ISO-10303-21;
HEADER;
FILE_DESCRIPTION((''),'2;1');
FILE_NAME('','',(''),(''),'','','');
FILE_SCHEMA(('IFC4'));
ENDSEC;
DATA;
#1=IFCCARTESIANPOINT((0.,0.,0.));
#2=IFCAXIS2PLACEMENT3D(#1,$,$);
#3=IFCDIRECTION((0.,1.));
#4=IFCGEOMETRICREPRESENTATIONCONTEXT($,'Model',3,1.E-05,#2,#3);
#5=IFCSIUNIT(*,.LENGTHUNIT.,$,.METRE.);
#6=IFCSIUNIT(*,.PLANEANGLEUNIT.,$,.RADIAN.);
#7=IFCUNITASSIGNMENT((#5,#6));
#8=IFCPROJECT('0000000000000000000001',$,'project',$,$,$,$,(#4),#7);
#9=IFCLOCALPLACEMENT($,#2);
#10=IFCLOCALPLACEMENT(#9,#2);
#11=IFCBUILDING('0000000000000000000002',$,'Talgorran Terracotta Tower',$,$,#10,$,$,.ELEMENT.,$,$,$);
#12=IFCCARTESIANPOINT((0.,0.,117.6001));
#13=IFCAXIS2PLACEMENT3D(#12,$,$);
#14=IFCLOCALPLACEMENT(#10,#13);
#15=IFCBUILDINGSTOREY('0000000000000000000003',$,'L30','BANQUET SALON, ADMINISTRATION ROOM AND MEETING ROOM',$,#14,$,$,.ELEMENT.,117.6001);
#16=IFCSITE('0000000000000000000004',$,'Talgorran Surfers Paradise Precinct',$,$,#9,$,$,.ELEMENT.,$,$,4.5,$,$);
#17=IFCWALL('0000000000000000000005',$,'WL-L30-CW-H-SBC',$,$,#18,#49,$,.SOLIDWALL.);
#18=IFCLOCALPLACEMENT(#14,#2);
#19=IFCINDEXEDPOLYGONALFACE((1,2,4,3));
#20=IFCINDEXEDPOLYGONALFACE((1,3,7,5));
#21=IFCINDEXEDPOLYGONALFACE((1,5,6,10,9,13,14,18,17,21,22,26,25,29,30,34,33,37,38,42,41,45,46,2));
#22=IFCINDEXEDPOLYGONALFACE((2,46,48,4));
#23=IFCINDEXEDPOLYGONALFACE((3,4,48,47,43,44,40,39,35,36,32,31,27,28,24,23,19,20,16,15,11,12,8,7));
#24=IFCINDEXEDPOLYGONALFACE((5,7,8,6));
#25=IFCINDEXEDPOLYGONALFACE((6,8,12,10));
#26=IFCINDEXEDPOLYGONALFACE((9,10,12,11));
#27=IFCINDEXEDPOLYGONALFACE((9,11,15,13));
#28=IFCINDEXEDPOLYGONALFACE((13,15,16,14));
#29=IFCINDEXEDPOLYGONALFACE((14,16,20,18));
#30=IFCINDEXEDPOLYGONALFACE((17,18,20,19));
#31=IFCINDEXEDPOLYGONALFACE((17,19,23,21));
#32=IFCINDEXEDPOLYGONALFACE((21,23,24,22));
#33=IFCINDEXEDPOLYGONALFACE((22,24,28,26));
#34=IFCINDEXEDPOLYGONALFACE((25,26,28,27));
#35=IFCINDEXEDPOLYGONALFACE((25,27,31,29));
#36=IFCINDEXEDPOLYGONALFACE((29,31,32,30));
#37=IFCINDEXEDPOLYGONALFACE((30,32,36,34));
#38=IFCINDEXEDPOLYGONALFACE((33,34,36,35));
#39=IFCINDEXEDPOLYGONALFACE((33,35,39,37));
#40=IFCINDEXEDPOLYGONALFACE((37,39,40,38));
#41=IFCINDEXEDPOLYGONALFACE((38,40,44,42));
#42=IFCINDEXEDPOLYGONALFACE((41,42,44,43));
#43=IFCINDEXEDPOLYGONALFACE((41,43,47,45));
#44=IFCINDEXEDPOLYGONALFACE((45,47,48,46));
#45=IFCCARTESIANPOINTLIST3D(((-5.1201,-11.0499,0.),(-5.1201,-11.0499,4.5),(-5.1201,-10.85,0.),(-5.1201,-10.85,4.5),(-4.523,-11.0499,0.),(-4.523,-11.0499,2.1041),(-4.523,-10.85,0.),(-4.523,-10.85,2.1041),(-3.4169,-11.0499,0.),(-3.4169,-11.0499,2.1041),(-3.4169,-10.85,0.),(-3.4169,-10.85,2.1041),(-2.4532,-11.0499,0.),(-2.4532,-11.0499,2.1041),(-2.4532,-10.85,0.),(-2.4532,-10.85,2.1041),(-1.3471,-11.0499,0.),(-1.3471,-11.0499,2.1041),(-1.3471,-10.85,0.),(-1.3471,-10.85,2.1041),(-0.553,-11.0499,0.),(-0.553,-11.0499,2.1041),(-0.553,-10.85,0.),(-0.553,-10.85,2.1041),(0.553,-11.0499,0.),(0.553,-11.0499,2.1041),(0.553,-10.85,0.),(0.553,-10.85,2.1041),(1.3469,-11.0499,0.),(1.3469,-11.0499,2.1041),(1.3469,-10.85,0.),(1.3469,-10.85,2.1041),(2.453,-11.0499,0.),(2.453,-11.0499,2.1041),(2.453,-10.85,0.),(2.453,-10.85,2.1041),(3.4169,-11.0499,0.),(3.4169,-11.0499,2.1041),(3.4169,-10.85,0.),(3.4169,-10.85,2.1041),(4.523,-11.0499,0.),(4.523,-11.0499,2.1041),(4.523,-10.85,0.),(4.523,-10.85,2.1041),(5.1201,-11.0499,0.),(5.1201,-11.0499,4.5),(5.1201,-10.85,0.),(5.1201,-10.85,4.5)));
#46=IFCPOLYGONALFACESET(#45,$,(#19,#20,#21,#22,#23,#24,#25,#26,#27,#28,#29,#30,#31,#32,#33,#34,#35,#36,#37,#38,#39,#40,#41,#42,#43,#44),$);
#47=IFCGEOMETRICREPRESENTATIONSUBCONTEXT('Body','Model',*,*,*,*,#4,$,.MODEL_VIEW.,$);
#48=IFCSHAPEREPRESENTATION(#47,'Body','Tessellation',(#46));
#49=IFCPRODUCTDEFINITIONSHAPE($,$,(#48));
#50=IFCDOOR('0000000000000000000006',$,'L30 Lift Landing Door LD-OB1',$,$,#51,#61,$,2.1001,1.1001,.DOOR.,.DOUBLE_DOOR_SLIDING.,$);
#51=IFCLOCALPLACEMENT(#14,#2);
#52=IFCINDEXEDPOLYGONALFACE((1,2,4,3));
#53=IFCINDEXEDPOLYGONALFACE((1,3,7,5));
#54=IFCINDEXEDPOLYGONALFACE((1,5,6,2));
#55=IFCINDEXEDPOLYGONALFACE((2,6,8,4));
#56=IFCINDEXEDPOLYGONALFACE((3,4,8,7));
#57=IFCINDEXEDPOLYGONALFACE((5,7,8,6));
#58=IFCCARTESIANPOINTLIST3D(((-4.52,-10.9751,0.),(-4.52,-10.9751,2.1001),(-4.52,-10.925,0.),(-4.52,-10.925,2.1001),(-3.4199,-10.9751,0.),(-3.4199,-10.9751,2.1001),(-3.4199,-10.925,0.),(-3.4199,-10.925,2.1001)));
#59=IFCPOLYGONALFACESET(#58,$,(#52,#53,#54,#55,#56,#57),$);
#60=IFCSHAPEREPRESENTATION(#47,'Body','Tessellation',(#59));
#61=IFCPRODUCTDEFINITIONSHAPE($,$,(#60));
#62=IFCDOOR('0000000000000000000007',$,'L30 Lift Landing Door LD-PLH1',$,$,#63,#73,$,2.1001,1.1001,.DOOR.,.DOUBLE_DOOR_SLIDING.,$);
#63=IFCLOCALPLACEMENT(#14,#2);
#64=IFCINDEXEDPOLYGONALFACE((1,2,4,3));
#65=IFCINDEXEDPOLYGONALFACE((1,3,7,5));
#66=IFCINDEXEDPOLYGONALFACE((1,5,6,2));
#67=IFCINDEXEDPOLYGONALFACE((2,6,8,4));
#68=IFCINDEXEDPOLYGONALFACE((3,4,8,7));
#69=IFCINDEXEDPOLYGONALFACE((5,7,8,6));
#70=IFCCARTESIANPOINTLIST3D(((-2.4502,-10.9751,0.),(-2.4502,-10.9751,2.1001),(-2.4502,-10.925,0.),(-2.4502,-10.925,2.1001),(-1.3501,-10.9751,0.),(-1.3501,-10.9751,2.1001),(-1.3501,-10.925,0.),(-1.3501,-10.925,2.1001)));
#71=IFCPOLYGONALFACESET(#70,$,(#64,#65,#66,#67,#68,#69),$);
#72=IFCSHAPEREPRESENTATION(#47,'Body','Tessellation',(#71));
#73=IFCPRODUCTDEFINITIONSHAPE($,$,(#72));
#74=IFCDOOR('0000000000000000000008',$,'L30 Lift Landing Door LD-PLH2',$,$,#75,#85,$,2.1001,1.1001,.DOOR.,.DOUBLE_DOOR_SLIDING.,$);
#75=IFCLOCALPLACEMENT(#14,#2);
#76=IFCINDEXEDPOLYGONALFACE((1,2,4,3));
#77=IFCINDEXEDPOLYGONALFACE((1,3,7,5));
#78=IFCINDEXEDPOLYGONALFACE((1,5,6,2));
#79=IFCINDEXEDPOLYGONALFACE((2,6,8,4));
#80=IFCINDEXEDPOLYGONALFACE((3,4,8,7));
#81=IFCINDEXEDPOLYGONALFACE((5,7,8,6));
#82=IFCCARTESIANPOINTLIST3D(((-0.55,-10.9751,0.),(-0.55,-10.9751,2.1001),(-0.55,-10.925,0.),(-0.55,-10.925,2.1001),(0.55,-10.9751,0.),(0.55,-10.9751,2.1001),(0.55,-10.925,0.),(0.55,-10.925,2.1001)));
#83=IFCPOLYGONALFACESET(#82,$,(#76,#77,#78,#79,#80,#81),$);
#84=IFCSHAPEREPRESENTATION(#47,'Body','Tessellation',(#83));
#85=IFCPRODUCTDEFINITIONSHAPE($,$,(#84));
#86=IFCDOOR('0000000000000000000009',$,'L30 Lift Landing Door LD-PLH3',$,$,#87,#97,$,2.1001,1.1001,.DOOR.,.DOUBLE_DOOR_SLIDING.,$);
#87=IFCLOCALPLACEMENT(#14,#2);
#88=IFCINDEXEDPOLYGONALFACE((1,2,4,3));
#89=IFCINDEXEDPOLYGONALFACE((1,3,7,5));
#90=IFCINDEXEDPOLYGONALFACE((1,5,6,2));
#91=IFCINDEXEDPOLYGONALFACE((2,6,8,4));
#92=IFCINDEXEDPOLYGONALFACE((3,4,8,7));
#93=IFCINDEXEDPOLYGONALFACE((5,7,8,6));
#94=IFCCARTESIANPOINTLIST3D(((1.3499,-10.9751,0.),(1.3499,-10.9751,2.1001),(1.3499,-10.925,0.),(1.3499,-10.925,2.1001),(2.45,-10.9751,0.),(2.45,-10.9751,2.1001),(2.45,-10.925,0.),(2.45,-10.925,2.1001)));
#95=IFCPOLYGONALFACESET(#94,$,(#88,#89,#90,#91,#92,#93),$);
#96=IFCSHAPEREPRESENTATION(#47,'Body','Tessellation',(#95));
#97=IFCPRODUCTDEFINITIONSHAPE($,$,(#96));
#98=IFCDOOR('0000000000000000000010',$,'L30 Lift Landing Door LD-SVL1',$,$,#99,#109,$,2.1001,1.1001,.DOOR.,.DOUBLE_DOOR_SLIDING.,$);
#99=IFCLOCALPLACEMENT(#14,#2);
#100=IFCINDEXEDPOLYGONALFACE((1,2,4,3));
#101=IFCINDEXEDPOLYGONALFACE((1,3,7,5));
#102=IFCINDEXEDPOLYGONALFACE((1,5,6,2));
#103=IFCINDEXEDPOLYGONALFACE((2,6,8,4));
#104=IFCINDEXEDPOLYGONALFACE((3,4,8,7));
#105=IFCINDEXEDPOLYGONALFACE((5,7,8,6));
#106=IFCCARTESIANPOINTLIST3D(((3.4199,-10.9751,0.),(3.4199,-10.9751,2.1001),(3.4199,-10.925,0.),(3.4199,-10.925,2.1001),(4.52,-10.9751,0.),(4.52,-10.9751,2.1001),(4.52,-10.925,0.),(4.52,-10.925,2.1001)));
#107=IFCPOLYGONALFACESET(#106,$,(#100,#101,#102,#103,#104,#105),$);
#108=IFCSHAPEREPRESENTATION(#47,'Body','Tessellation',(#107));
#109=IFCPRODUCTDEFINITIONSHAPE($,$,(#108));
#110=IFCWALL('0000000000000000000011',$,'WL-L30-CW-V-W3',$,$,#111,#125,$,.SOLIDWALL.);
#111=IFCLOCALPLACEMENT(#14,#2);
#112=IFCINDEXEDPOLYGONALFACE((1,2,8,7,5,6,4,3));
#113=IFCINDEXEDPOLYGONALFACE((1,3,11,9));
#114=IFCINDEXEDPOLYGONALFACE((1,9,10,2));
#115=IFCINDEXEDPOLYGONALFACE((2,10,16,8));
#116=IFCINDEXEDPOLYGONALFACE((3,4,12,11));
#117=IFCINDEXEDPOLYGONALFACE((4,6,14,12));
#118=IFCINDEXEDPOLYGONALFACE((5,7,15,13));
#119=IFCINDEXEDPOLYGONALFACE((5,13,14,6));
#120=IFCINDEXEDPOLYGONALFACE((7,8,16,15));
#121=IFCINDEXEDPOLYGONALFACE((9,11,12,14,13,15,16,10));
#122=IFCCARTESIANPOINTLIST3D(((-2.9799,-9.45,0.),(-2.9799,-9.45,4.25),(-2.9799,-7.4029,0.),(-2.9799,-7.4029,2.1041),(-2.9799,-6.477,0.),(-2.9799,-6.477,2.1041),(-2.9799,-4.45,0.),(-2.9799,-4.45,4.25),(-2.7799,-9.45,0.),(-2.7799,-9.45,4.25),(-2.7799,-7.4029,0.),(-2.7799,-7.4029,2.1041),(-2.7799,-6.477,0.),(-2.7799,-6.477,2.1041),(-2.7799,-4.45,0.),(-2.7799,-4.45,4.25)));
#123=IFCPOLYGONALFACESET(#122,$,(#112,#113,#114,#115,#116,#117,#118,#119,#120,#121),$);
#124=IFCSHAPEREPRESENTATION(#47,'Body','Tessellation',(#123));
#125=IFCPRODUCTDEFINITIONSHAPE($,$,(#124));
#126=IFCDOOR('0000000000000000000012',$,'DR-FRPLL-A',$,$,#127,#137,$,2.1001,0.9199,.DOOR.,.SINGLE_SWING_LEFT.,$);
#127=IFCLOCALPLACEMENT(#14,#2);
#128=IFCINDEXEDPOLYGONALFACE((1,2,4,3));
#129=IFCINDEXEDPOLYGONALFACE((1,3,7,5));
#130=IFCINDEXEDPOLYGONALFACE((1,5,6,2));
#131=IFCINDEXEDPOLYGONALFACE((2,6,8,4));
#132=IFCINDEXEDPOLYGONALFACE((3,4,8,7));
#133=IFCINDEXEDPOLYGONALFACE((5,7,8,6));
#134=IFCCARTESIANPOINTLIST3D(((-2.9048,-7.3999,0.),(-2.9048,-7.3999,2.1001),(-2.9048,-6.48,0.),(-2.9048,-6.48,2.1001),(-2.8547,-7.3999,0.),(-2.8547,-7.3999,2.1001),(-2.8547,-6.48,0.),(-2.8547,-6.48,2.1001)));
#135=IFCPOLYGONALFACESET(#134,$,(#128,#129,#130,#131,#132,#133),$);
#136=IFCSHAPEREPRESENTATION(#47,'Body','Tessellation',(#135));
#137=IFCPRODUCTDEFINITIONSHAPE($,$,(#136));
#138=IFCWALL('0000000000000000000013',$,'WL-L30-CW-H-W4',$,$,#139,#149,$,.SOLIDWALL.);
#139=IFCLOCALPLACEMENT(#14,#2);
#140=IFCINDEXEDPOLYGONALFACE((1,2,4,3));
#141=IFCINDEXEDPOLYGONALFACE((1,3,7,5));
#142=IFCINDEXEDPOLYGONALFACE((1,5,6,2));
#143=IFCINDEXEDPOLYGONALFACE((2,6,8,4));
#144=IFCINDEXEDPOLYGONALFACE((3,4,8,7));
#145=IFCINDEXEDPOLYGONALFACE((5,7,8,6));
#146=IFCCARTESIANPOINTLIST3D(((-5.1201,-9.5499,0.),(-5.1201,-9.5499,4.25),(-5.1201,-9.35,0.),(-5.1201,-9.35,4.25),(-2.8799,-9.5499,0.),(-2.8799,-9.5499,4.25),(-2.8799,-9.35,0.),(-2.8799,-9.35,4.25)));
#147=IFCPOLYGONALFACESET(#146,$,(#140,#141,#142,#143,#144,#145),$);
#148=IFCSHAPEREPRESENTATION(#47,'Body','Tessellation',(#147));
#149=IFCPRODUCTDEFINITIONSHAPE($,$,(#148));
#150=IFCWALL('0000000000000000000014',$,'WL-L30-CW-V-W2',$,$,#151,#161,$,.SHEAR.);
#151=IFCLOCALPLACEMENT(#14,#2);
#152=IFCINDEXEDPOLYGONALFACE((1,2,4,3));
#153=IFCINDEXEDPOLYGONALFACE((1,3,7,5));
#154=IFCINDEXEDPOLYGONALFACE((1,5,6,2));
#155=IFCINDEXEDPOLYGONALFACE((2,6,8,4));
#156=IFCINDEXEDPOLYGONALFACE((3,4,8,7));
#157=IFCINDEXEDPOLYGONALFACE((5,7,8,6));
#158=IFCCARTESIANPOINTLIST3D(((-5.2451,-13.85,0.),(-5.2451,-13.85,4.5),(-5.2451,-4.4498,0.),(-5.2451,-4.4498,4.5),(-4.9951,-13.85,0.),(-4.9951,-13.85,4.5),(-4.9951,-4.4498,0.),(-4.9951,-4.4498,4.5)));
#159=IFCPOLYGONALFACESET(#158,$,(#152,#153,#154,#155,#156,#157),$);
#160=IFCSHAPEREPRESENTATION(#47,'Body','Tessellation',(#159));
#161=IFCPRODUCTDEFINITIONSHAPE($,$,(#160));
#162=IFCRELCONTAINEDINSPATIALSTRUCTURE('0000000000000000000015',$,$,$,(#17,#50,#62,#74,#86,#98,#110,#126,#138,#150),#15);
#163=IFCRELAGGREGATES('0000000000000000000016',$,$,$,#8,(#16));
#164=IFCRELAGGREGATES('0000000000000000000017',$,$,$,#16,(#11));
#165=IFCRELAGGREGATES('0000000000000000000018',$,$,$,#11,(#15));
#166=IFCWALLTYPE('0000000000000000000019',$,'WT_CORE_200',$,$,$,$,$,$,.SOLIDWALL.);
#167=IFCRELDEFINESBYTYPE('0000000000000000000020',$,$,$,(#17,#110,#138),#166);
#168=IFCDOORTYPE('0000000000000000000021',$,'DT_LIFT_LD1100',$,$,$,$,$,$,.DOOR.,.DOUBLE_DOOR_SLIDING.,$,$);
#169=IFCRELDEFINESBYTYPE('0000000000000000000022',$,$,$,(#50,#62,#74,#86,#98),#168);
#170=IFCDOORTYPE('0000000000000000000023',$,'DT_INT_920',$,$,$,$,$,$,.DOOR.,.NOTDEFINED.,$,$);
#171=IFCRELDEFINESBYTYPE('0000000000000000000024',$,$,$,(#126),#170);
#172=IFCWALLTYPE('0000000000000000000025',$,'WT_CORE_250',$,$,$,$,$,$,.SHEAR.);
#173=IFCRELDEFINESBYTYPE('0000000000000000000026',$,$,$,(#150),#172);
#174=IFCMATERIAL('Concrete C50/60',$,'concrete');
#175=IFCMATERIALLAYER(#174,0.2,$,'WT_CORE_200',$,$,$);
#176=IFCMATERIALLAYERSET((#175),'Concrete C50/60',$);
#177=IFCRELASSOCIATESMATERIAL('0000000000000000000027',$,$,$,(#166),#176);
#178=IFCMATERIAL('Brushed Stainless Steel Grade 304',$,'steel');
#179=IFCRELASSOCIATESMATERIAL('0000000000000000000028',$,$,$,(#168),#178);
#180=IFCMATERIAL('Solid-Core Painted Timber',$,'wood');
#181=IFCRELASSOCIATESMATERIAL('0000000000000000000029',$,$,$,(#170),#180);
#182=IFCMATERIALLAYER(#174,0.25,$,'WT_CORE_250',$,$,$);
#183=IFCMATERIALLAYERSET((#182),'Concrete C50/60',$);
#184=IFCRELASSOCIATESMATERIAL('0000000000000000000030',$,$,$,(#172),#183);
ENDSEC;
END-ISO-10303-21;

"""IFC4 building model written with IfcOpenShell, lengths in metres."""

from ifc_helpers import new_model, si_unit, direction, frame, frame_2d, origin, place, context, subcontext, project, spatial, rectangle, extrude, material, layer, layer_set, type_object, element, fill, save


model = new_model("IFC4")

# Units and contexts
model_context = context("Model", 3, precision=1e-05, world=origin(), true_north=direction((0.0, 1.0)))
body_context = subcontext(model_context, "Body", "Model", "MODEL_VIEW")
ifc_project = project(units=[si_unit("LENGTHUNIT", "METRE"), si_unit("PLANEANGLEUNIT", "RADIAN")], contexts=[model_context])

# Site, building, storey
site_placement = place(None, origin())
site = spatial("IfcSite", under=ifc_project, at=site_placement, Name="Talgorran Surfers Paradise Precinct", CompositionType="ELEMENT", RefElevation=4.5)
building_placement = place(site_placement, origin())
building = spatial("IfcBuilding", under=site, at=building_placement, Name="Talgorran Terracotta Tower", CompositionType="ELEMENT")
storey_placement = place(building_placement, frame((0.0, 0.0, 117.6001)))
storey = spatial("IfcBuildingStorey", under=building, at=storey_placement, Name="L30", Description="BANQUET SALON, ADMINISTRATION ROOM AND MEETING ROOM", CompositionType="ELEMENT", Elevation=117.6001)

# Wall, openings, doors
ifc_material_1 = material(Name="Concrete C50/60", Category="concrete")
ifc_layer_1 = layer(ifc_material_1, 0.2, Name="WT_CORE_200")
ifc_layer_set_1 = layer_set([ifc_layer_1], Name="Concrete C50/60")
wall_type_1 = type_object("IfcWallType", Name="WT_CORE_200", PredefinedType="SOLIDWALL", material=ifc_layer_set_1)
wall_1_placement = place(storey_placement, frame((-5.1201, -10.95, 0.0), z_axis=(0.0, 0.0, 1.0), x_axis=(1.0, 0.0, 0.0)))
wall_1 = element("IfcWall", 1, at=wall_1_placement, inside=storey, type_object=wall_type_1, Name="WL-L30-CW-H-SBC", PredefinedType="SOLIDWALL", context=body_context, shape_type="SweptSolid", body=[
    extrude(rectangle(XDim=10.2402, YDim=0.2, at=frame_2d((5.1201, 0.0))), origin(), (0.0, 0.0, 1.0), 4.5),
])
opening_1_placement = place(wall_1_placement, frame((0.6001, 0.0, 0.0)))
opening_1 = element("IfcOpeningElement", 2, at=opening_1_placement, cuts=wall_1, PredefinedType="OPENING", context=body_context, shape_type="SweptSolid", body=[
    extrude(rectangle(XDim=1.1061, YDim=2.1041, at=frame_2d((0.55, 1.052))), frame((0.0, 0.1099, 0.0), z_axis=(0.0, -1.0, 0.0), x_axis=(1.0, 0.0, 0.0)), (0.0, 0.0, 1.0), 0.22),
])
opening_2_placement = place(wall_1_placement, frame((2.6699, 0.0, 0.0)))
opening_2 = element("IfcOpeningElement", 3, at=opening_2_placement, cuts=wall_1, PredefinedType="OPENING", context=body_context, shape_type="SweptSolid", body=[
    extrude(rectangle(XDim=1.1061, YDim=2.1041, at=frame_2d((0.55, 1.052))), frame((0.0, 0.1099, 0.0), z_axis=(0.0, -1.0, 0.0), x_axis=(1.0, 0.0, 0.0)), (0.0, 0.0, 1.0), 0.22),
])
opening_3_placement = place(wall_1_placement, frame((4.5701, 0.0, 0.0)))
opening_3 = element("IfcOpeningElement", 4, at=opening_3_placement, cuts=wall_1, PredefinedType="OPENING", context=body_context, shape_type="SweptSolid", body=[
    extrude(rectangle(XDim=1.1061, YDim=2.1041, at=frame_2d((0.55, 1.052))), frame((0.0, 0.1099, 0.0), z_axis=(0.0, -1.0, 0.0), x_axis=(1.0, 0.0, 0.0)), (0.0, 0.0, 1.0), 0.22),
])
opening_4_placement = place(wall_1_placement, frame((6.47, 0.0, 0.0)))
opening_4 = element("IfcOpeningElement", 5, at=opening_4_placement, cuts=wall_1, PredefinedType="OPENING", context=body_context, shape_type="SweptSolid", body=[
    extrude(rectangle(XDim=1.1061, YDim=2.1041, at=frame_2d((0.55, 1.052))), frame((0.0, 0.1099, 0.0), z_axis=(0.0, -1.0, 0.0), x_axis=(1.0, 0.0, 0.0)), (0.0, 0.0, 1.0), 0.22),
])
opening_5_placement = place(wall_1_placement, frame((8.54, 0.0, 0.0)))
opening_5 = element("IfcOpeningElement", 6, at=opening_5_placement, cuts=wall_1, PredefinedType="OPENING", context=body_context, shape_type="SweptSolid", body=[
    extrude(rectangle(XDim=1.1061, YDim=2.1041, at=frame_2d((0.55, 1.052))), frame((0.0, 0.1099, 0.0), z_axis=(0.0, -1.0, 0.0), x_axis=(1.0, 0.0, 0.0)), (0.0, 0.0, 1.0), 0.22),
])
ifc_material_2 = material(Name="Brushed Stainless Steel Grade 304", Category="steel")
door_type_1 = type_object("IfcDoorType", Name="DT_LIFT_LD1100", OperationType="DOUBLE_DOOR_SLIDING", PredefinedType="DOOR", material=ifc_material_2)
door_1_placement = place(opening_1_placement, origin())
door_1 = element("IfcDoor", 7, at=door_1_placement, inside=storey, type_object=door_type_1, Name="L30 Lift Landing Door LD-OB1", OperationType="DOUBLE_DOOR_SLIDING", OverallHeight=2.1001, OverallWidth=1.1001, PredefinedType="DOOR", context=body_context, shape_type="SweptSolid", body=[
    extrude(rectangle(XDim=1.1001, YDim=2.1001, at=frame_2d((0.55, 1.05))), frame((0.0, 0.0249, 0.0), z_axis=(0.0, -1.0, 0.0), x_axis=(1.0, 0.0, 0.0)), (0.0, 0.0, 1.0), 0.05),
])
fill(opening_1, door_1)
door_2_placement = place(opening_2_placement, origin())
door_2 = element("IfcDoor", 8, at=door_2_placement, inside=storey, type_object=door_type_1, Name="L30 Lift Landing Door LD-PLH1", OperationType="DOUBLE_DOOR_SLIDING", OverallHeight=2.1001, OverallWidth=1.1001, PredefinedType="DOOR", context=body_context, shape_type="SweptSolid", body=[
    extrude(rectangle(XDim=1.1001, YDim=2.1001, at=frame_2d((0.55, 1.05))), frame((0.0, 0.0249, 0.0), z_axis=(0.0, -1.0, 0.0), x_axis=(1.0, 0.0, 0.0)), (0.0, 0.0, 1.0), 0.05),
])
fill(opening_2, door_2)
door_3_placement = place(opening_3_placement, origin())
door_3 = element("IfcDoor", 9, at=door_3_placement, inside=storey, type_object=door_type_1, Name="L30 Lift Landing Door LD-PLH2", OperationType="DOUBLE_DOOR_SLIDING", OverallHeight=2.1001, OverallWidth=1.1001, PredefinedType="DOOR", context=body_context, shape_type="SweptSolid", body=[
    extrude(rectangle(XDim=1.1001, YDim=2.1001, at=frame_2d((0.55, 1.05))), frame((0.0, 0.0249, 0.0), z_axis=(0.0, -1.0, 0.0), x_axis=(1.0, 0.0, 0.0)), (0.0, 0.0, 1.0), 0.05),
])
fill(opening_3, door_3)
door_4_placement = place(opening_4_placement, origin())
door_4 = element("IfcDoor", 10, at=door_4_placement, inside=storey, type_object=door_type_1, Name="L30 Lift Landing Door LD-PLH3", OperationType="DOUBLE_DOOR_SLIDING", OverallHeight=2.1001, OverallWidth=1.1001, PredefinedType="DOOR", context=body_context, shape_type="SweptSolid", body=[
    extrude(rectangle(XDim=1.1001, YDim=2.1001, at=frame_2d((0.55, 1.05))), frame((0.0, 0.0249, 0.0), z_axis=(0.0, -1.0, 0.0), x_axis=(1.0, 0.0, 0.0)), (0.0, 0.0, 1.0), 0.05),
])
fill(opening_4, door_4)
door_5_placement = place(opening_5_placement, origin())
door_5 = element("IfcDoor", 11, at=door_5_placement, inside=storey, type_object=door_type_1, Name="L30 Lift Landing Door LD-SVL1", OperationType="DOUBLE_DOOR_SLIDING", OverallHeight=2.1001, OverallWidth=1.1001, PredefinedType="DOOR", context=body_context, shape_type="SweptSolid", body=[
    extrude(rectangle(XDim=1.1001, YDim=2.1001, at=frame_2d((0.55, 1.05))), frame((0.0, 0.0249, 0.0), z_axis=(0.0, -1.0, 0.0), x_axis=(1.0, 0.0, 0.0)), (0.0, 0.0, 1.0), 0.05),
])
fill(opening_5, door_5)

# Wall, opening, door
wall_2_placement = place(storey_placement, frame((-2.8799, -9.45, 0.0), z_axis=(0.0, 0.0, 1.0), x_axis=(0.0, 1.0, 0.0)))
wall_2 = element("IfcWall", 12, at=wall_2_placement, inside=storey, type_object=wall_type_1, Name="WL-L30-CW-V-W3", PredefinedType="SOLIDWALL", context=body_context, shape_type="SweptSolid", body=[
    extrude(rectangle(XDim=5.0, YDim=0.2, at=frame_2d((2.5, 0.0))), origin(), (0.0, 0.0, 1.0), 4.25),
])
opening_6_placement = place(wall_2_placement, frame((2.05, 0.0, 0.0)))
opening_6 = element("IfcOpeningElement", 13, at=opening_6_placement, cuts=wall_2, PredefinedType="OPENING", context=body_context, shape_type="SweptSolid", body=[
    extrude(rectangle(XDim=0.9259, YDim=2.1041, at=frame_2d((0.46, 1.052))), frame((0.0, 0.1099, 0.0), z_axis=(0.0, -1.0, 0.0), x_axis=(1.0, 0.0, 0.0)), (0.0, 0.0, 1.0), 0.22),
])
ifc_material_3 = material(Name="Solid-Core Painted Timber", Category="wood")
door_type_2 = type_object("IfcDoorType", Name="DT_INT_920", OperationType="NOTDEFINED", PredefinedType="DOOR", material=ifc_material_3)
door_6_placement = place(opening_6_placement, origin())
door_6 = element("IfcDoor", 14, at=door_6_placement, inside=storey, type_object=door_type_2, Name="DR-FRPLL-A", OperationType="SINGLE_SWING_LEFT", OverallHeight=2.1001, OverallWidth=0.9199, PredefinedType="DOOR", context=body_context, shape_type="SweptSolid", body=[
    extrude(rectangle(XDim=0.9199, YDim=2.1001, at=frame_2d((0.46, 1.05))), frame((0.0, 0.0249, 0.0), z_axis=(0.0, -1.0, 0.0), x_axis=(1.0, 0.0, 0.0)), (0.0, 0.0, 1.0), 0.05),
])
fill(opening_6, door_6)

# Walls
wall_3_placement = place(storey_placement, frame((-5.1201, -9.45, 0.0), z_axis=(0.0, 0.0, 1.0), x_axis=(1.0, 0.0, 0.0)))
element("IfcWall", 15, at=wall_3_placement, inside=storey, type_object=wall_type_1, Name="WL-L30-CW-H-W4", PredefinedType="SOLIDWALL", context=body_context, shape_type="SweptSolid", body=[
    extrude(rectangle(XDim=2.2402, YDim=0.2, at=frame_2d((1.1201, 0.0))), origin(), (0.0, 0.0, 1.0), 4.25),
])
ifc_layer_2 = layer(ifc_material_1, 0.25, Name="WT_CORE_250")
ifc_layer_set_2 = layer_set([ifc_layer_2], Name="Concrete C50/60")
wall_type_2 = type_object("IfcWallType", Name="WT_CORE_250", PredefinedType="SHEAR", material=ifc_layer_set_2)
wall_4_placement = place(storey_placement, frame((-5.1201, -13.8501, 0.0), z_axis=(0.0, 0.0, 1.0), x_axis=(0.0, 1.0, 0.0)))
element("IfcWall", 16, at=wall_4_placement, inside=storey, type_object=wall_type_2, Name="WL-L30-CW-V-W2", PredefinedType="SHEAR", context=body_context, shape_type="SweptSolid", body=[
    extrude(rectangle(XDim=9.4001, YDim=0.25, at=frame_2d((4.7002, 0.0))), origin(), (0.0, 0.0, 1.0), 4.5),
])

save(model, "model.ifc")
